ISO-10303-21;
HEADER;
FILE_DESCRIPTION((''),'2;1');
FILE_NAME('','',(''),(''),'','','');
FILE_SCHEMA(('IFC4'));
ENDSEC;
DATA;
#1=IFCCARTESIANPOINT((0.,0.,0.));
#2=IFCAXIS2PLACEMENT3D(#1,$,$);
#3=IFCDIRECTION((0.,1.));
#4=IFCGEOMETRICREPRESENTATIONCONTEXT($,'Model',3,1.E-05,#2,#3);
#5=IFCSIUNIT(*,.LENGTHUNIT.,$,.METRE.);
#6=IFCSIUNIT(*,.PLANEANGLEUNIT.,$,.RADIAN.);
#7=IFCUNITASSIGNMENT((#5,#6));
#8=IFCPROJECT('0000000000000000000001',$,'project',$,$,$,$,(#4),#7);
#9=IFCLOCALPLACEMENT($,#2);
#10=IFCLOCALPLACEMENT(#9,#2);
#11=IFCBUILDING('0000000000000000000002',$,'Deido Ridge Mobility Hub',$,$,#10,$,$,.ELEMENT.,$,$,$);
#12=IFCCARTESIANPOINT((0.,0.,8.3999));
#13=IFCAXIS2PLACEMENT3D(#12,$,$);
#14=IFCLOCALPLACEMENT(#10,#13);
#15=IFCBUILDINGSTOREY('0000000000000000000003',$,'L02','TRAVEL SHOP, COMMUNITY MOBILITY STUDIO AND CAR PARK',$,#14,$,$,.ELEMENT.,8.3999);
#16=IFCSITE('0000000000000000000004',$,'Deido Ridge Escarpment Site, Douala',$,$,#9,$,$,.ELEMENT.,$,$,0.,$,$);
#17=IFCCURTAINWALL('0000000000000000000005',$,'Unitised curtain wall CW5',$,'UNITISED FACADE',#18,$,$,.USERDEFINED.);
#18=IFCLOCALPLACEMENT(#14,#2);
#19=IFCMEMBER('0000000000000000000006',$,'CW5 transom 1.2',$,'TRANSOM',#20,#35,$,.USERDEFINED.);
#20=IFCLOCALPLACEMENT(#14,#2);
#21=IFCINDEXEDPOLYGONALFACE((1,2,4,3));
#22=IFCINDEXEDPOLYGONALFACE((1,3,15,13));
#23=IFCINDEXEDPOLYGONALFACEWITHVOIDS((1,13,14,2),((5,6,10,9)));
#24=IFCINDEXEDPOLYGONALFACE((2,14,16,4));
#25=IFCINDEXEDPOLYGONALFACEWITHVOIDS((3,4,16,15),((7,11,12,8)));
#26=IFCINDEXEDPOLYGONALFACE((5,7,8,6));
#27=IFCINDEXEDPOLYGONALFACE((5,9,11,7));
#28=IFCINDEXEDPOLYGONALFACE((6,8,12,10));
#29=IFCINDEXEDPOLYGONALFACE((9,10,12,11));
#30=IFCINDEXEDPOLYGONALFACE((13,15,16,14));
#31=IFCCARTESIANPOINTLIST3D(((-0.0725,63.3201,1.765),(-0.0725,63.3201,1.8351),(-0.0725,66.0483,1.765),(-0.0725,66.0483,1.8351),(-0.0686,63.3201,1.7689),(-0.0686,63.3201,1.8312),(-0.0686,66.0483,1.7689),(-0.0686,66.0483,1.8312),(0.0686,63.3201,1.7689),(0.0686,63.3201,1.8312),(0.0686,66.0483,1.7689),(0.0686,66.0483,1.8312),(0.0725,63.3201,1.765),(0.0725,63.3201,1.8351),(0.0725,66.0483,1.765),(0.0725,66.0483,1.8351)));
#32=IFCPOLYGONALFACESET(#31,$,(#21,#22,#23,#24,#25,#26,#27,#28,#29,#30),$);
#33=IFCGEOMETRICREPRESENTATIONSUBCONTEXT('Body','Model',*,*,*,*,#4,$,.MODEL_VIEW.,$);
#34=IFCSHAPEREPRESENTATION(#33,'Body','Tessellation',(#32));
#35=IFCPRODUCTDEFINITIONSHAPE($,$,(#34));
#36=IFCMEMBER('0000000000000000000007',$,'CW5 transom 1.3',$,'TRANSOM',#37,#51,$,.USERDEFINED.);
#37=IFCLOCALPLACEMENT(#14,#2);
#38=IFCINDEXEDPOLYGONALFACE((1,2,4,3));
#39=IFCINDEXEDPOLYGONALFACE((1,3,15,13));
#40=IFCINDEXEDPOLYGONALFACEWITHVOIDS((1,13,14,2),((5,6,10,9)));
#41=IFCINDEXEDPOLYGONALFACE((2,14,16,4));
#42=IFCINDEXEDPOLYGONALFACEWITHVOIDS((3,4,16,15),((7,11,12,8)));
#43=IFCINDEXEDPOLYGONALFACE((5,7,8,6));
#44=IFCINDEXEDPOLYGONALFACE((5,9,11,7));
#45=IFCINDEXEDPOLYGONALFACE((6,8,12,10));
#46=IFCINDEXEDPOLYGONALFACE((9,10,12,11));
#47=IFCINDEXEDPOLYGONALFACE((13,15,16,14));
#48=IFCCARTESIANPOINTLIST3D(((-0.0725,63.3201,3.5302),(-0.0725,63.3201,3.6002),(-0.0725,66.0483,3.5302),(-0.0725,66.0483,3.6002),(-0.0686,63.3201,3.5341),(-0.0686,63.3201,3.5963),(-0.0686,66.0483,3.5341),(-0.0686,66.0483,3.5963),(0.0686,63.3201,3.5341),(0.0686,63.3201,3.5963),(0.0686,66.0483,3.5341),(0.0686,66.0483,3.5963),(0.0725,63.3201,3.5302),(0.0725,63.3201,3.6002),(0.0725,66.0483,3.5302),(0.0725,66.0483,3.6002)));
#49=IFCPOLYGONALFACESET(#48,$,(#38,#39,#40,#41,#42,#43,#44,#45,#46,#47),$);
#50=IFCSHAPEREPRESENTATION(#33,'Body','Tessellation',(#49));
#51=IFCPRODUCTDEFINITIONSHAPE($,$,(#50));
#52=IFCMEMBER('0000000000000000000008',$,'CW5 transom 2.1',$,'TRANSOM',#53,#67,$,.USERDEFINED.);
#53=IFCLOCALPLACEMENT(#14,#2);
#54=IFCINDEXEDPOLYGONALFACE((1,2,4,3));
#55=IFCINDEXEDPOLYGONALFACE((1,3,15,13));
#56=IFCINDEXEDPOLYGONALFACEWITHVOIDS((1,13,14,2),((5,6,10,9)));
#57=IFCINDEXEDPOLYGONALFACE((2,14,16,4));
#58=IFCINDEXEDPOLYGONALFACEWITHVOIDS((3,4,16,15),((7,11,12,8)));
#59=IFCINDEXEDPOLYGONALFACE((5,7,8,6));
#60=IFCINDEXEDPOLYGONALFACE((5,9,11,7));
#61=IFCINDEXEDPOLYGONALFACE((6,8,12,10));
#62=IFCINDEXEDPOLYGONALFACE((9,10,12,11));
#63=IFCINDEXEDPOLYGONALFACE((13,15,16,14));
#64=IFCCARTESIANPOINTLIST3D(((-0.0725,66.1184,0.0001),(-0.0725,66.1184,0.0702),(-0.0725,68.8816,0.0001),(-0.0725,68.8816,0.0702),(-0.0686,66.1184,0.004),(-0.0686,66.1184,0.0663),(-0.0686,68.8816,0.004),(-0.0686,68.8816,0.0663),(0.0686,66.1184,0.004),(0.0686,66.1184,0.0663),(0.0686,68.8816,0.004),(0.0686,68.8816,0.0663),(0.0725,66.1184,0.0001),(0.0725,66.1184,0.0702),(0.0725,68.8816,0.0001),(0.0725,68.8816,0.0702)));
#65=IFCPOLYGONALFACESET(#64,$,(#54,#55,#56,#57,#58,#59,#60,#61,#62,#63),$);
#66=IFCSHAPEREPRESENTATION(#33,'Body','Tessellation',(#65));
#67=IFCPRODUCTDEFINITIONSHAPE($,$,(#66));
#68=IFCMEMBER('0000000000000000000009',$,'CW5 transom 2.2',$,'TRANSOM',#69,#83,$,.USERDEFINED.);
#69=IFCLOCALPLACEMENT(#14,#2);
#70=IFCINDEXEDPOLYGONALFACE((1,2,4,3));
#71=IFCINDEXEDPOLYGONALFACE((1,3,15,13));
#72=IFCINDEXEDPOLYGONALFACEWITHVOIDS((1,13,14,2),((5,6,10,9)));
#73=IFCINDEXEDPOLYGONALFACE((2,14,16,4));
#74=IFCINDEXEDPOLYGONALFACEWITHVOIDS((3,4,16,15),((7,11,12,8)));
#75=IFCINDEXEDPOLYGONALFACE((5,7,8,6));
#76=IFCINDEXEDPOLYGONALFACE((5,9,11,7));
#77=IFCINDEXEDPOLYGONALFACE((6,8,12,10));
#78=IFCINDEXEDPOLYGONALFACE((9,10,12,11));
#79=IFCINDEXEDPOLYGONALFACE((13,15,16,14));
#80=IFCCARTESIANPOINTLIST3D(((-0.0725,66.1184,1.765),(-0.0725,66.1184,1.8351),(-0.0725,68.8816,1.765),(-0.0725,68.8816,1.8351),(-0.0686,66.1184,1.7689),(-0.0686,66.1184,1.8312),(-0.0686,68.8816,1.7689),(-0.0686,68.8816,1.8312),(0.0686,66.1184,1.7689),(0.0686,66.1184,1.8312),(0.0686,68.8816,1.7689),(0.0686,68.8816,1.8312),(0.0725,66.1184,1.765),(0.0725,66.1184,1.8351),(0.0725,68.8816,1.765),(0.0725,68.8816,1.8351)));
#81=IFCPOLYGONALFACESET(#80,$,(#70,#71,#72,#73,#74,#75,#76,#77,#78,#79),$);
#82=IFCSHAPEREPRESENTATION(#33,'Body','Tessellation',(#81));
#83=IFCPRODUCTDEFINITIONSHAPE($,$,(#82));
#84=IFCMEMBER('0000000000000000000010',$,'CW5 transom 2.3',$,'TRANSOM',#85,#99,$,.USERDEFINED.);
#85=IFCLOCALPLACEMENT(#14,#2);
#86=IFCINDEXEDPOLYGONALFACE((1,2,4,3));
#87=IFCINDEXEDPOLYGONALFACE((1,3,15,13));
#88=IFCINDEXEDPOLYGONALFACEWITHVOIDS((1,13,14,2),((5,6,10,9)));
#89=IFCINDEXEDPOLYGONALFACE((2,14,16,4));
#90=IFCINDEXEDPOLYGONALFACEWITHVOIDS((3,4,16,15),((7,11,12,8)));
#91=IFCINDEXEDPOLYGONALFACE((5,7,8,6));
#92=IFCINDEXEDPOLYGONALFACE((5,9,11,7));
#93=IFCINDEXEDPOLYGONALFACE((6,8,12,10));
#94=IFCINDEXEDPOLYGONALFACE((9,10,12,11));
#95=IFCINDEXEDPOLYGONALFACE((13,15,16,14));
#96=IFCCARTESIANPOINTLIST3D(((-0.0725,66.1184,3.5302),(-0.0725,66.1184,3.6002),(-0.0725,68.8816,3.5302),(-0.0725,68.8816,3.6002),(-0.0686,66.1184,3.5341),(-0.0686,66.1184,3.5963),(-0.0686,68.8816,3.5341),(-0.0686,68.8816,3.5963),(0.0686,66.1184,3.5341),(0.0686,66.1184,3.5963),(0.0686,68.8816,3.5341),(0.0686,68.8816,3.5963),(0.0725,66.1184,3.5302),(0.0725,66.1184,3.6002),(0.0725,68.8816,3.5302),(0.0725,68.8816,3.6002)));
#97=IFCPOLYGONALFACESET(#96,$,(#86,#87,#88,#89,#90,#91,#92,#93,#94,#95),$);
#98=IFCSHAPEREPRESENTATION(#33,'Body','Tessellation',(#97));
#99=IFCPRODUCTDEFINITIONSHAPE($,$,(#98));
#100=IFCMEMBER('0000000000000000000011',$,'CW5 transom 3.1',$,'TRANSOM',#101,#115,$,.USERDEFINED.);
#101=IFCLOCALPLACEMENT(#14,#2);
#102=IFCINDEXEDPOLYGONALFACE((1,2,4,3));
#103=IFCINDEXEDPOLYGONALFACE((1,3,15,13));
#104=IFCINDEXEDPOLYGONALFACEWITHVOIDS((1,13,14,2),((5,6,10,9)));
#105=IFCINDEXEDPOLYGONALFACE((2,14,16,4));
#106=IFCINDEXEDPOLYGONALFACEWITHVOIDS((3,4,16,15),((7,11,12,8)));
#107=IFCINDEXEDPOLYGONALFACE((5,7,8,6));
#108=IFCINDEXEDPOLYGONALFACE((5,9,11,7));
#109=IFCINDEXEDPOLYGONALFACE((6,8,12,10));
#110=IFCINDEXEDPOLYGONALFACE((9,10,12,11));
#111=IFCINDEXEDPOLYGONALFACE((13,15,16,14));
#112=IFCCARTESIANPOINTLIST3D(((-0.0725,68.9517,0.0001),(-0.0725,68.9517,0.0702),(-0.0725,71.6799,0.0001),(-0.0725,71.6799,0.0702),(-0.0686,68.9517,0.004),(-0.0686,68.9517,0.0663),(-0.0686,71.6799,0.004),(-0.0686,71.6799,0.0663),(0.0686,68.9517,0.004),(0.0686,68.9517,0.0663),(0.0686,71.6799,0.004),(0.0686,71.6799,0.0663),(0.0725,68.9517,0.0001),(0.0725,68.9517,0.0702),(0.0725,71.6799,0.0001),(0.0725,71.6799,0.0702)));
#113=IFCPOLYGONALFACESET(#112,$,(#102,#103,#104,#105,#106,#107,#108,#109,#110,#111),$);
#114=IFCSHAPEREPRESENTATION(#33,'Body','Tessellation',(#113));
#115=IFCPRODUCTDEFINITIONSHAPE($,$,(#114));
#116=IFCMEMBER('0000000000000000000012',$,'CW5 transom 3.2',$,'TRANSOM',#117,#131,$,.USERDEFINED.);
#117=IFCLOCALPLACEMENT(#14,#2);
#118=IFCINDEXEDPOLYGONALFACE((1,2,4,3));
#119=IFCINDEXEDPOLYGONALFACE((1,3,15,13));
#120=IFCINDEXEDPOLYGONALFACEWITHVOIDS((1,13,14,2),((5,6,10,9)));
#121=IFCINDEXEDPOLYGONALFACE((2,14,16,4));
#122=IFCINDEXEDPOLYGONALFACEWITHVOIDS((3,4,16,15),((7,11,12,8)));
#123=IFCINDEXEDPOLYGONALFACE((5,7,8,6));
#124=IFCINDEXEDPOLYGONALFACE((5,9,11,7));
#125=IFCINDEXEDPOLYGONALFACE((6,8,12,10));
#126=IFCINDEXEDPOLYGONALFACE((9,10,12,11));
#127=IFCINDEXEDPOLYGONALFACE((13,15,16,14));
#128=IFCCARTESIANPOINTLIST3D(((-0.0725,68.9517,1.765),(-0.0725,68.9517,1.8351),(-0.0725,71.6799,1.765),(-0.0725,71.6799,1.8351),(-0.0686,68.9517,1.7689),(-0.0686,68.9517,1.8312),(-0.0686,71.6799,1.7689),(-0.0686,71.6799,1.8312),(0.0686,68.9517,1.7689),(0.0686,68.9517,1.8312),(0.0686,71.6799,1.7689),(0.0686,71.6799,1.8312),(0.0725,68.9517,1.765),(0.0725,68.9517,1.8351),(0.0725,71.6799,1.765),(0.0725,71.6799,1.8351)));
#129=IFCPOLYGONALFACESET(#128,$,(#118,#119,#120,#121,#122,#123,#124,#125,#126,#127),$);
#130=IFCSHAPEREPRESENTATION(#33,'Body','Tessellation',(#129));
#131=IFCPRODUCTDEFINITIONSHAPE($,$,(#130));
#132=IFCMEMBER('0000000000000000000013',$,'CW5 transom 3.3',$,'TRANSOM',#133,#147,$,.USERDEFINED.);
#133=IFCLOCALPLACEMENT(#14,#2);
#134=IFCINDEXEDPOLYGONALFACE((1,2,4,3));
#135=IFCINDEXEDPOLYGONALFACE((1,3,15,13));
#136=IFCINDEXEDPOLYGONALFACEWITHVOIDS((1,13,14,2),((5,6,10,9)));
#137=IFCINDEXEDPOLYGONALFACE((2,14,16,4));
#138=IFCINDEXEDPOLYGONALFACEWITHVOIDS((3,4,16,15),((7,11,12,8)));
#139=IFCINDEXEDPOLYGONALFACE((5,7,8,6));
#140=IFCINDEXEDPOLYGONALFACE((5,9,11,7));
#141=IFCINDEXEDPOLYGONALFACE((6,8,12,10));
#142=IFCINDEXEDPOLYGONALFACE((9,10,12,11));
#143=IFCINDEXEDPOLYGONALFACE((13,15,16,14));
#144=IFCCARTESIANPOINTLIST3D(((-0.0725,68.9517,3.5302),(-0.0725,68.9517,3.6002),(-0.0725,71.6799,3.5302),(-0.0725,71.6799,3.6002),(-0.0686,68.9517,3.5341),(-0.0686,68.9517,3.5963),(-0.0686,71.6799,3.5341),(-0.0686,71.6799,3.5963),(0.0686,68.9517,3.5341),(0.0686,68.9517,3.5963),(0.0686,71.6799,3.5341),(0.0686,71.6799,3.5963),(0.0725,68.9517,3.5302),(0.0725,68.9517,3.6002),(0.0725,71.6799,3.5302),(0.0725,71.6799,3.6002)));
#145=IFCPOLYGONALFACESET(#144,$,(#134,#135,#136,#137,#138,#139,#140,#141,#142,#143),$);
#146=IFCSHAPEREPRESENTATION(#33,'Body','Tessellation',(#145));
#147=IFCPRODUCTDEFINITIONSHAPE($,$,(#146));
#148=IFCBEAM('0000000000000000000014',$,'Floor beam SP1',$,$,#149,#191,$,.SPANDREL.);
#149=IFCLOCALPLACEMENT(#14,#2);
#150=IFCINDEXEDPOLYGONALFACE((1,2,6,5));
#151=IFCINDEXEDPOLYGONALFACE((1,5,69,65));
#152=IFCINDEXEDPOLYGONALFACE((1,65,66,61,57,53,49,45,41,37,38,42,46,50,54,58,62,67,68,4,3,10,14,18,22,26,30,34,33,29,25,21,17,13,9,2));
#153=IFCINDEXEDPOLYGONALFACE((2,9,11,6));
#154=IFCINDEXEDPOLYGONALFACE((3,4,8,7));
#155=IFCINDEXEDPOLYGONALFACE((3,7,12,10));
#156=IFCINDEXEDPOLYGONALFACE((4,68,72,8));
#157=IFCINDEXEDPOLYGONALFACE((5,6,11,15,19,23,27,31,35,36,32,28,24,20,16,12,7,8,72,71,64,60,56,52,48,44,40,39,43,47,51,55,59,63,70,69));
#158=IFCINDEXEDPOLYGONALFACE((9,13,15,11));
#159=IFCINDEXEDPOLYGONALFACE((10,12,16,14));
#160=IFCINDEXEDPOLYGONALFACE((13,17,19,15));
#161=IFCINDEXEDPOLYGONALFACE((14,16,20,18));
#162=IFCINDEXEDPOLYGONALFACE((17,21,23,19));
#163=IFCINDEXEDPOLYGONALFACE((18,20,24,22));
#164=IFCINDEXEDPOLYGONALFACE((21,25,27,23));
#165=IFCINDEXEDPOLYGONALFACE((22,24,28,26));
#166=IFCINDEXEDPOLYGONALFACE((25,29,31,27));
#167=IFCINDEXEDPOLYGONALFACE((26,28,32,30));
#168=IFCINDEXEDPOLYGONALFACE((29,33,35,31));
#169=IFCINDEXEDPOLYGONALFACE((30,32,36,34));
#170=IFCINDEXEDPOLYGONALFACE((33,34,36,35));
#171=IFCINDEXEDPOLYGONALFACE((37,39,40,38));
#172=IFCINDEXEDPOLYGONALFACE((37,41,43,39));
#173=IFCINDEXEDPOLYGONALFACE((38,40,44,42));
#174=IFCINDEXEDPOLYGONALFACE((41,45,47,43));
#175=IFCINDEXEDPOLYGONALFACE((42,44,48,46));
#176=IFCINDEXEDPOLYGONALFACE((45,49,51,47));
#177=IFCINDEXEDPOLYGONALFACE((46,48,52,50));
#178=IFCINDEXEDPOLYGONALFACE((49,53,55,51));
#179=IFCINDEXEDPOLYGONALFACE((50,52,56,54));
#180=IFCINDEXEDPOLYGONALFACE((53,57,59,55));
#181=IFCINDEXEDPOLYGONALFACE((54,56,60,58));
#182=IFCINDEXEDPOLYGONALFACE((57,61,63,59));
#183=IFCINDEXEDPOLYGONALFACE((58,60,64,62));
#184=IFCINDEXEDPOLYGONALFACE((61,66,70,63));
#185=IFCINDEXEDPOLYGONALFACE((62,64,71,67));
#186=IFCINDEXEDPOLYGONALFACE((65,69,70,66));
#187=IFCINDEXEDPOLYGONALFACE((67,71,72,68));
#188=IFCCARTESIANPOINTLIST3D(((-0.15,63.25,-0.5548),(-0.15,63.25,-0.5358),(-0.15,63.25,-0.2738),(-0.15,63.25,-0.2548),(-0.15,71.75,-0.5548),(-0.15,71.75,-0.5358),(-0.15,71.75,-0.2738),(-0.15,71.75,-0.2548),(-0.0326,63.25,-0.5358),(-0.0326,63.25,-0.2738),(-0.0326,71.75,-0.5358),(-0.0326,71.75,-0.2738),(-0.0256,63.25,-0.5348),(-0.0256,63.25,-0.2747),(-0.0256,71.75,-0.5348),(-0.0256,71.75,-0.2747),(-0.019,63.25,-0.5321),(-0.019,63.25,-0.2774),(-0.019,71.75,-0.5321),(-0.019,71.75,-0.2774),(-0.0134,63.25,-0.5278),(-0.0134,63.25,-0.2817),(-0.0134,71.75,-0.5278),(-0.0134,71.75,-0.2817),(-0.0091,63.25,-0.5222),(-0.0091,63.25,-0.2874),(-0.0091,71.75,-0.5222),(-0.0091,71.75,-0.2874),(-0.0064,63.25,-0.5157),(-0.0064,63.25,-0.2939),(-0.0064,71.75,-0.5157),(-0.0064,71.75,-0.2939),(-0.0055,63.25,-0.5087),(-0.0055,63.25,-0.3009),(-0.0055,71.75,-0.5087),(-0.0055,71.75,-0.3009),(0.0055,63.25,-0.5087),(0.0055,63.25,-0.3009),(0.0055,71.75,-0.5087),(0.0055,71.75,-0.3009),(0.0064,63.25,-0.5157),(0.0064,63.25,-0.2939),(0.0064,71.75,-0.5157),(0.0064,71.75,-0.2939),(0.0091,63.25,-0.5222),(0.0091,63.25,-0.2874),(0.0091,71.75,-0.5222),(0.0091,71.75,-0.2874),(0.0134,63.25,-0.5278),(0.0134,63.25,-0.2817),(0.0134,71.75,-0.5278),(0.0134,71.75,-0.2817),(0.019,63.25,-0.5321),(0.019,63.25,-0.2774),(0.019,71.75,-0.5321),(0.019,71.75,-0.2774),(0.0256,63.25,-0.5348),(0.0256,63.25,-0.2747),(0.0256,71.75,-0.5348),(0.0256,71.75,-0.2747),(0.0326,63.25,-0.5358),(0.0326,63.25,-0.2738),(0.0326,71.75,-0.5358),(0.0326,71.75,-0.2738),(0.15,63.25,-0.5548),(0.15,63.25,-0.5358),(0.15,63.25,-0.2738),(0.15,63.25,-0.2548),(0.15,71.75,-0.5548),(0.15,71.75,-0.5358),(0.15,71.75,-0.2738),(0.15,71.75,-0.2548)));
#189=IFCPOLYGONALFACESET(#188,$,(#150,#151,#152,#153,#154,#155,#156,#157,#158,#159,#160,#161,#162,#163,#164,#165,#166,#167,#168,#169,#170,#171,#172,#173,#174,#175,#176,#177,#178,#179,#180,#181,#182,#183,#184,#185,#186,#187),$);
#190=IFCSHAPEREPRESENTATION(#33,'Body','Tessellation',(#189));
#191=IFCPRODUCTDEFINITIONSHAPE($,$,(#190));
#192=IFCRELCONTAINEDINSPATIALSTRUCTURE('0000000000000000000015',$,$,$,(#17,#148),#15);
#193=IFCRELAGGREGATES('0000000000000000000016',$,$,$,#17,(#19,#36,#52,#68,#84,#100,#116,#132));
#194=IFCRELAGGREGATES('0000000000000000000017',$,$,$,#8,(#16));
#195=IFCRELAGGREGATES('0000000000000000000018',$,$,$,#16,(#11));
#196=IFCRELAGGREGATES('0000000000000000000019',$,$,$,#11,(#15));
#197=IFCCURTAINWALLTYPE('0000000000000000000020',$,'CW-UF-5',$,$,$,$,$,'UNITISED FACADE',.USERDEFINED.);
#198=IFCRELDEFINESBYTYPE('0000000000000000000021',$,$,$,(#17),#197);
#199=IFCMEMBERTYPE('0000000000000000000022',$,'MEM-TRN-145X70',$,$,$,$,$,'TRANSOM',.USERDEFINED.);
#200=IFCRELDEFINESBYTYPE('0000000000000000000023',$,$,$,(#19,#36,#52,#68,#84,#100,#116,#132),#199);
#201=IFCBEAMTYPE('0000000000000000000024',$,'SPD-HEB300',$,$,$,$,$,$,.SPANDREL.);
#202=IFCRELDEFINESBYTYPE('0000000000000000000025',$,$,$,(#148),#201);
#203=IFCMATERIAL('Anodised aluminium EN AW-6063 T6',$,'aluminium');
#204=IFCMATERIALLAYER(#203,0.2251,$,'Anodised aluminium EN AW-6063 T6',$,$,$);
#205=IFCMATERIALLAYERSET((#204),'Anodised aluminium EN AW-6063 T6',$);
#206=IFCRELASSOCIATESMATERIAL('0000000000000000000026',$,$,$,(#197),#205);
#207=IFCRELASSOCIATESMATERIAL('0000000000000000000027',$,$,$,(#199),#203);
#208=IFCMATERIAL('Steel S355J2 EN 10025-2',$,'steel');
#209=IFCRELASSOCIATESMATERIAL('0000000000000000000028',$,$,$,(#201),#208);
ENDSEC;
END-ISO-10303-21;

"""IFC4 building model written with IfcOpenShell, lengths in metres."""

from ifc_helpers import new_model, si_unit, direction, frame, origin, origin_2d, place, context, subcontext, project, spatial, hollow_rectangle, i_section, extrude, material, layer, layer_set, material_profile, profile_set, type_object, element, aggregate, save


model = new_model("IFC4")

# Units and contexts
model_context = context("Model", 3, precision=1e-05, world=origin(), true_north=direction((0.0, 1.0)))
body_context = subcontext(model_context, "Body", "Model", "MODEL_VIEW")
ifc_project = project(units=[si_unit("LENGTHUNIT", "METRE"), si_unit("PLANEANGLEUNIT", "RADIAN")], contexts=[model_context])

# Site, building, storey
site_placement = place(None, origin())
site = spatial("IfcSite", under=ifc_project, at=site_placement, Name="Deido Ridge Escarpment Site, Douala", CompositionType="ELEMENT", RefElevation=0.0)
building_placement = place(site_placement, origin())
building = spatial("IfcBuilding", under=site, at=building_placement, Name="Deido Ridge Mobility Hub", CompositionType="ELEMENT")
storey_placement = place(building_placement, frame((0.0, 0.0, 8.3999)))
storey = spatial("IfcBuildingStorey", under=building, at=storey_placement, Name="L02", Description="TRAVEL SHOP, COMMUNITY MOBILITY STUDIO AND CAR PARK", CompositionType="ELEMENT", Elevation=8.3999)

# Shared definitions
ifc_material_1 = material(Name="Steel S355J2 EN 10025-2", Category="steel")

# Curtain wall, members
ifc_material_2 = material(Name="Anodised aluminium EN AW-6063 T6", Category="aluminium")
ifc_layer_1 = layer(ifc_material_2, 0.2251, Name="Anodised aluminium EN AW-6063 T6")
ifc_layer_set_1 = layer_set([ifc_layer_1], Name="Anodised aluminium EN AW-6063 T6")
curtain_wall_type = type_object("IfcCurtainWallType", Name="CW-UF-5", ElementType="UNITISED FACADE", PredefinedType="USERDEFINED", material=ifc_layer_set_1)
curtain_wall_placement = place(storey_placement, origin())
curtain_wall = element("IfcCurtainWall", 1, at=curtain_wall_placement, inside=storey, type_object=curtain_wall_type, Name="Unitised curtain wall CW5", ObjectType="UNITISED FACADE", PredefinedType="USERDEFINED")
ifc_material_profile_1 = material_profile(ifc_material_2, hollow_rectangle(XDim=0.145, YDim=0.0701, WallThickness=0.0039, at=origin_2d()), Name="RHS 145x70x4")
ifc_profile_set_1 = profile_set([ifc_material_profile_1], Name="Anodised aluminium EN AW-6063 T6")
member_type_1 = type_object("IfcMemberType", Name="MEM-TRN-145X70", ElementType="TRANSOM", PredefinedType="USERDEFINED", material=ifc_profile_set_1)
member_1_placement = place(storey_placement, frame((0.0, 63.3201, 1.8), z_axis=(0.0, 1.0, 0.0), x_axis=(-1.0, 0.0, 0.0)))
member_1 = element("IfcMember", 2, at=member_1_placement, type_object=member_type_1, Name="CW5 transom 1.2", ObjectType="TRANSOM", PredefinedType="USERDEFINED", context=body_context, shape_type="SweptSolid", body=[
    extrude(hollow_rectangle(XDim=0.145, YDim=0.0701, WallThickness=0.0039, at=origin_2d()), origin(), (0.0, 0.0, 1.0), 2.7283),
])
member_2_placement = place(storey_placement, frame((0.0, 63.3201, 3.5652), z_axis=(0.0, 1.0, 0.0), x_axis=(-1.0, 0.0, 0.0)))
member_2 = element("IfcMember", 3, at=member_2_placement, type_object=member_type_1, Name="CW5 transom 1.3", ObjectType="TRANSOM", PredefinedType="USERDEFINED", context=body_context, shape_type="SweptSolid", body=[
    extrude(hollow_rectangle(XDim=0.145, YDim=0.0701, WallThickness=0.0039, at=origin_2d()), origin(), (0.0, 0.0, 1.0), 2.7283),
])
member_3_placement = place(storey_placement, frame((0.0, 66.1184, 0.0352), z_axis=(0.0, 1.0, 0.0), x_axis=(-1.0, 0.0, 0.0)))
member_3 = element("IfcMember", 4, at=member_3_placement, type_object=member_type_1, Name="CW5 transom 2.1", ObjectType="TRANSOM", PredefinedType="USERDEFINED", context=body_context, shape_type="SweptSolid", body=[
    extrude(hollow_rectangle(XDim=0.145, YDim=0.0701, WallThickness=0.0039, at=origin_2d()), origin(), (0.0, 0.0, 1.0), 2.7632),
])
member_4_placement = place(storey_placement, frame((0.0, 66.1184, 1.8), z_axis=(0.0, 1.0, 0.0), x_axis=(-1.0, 0.0, 0.0)))
member_4 = element("IfcMember", 5, at=member_4_placement, type_object=member_type_1, Name="CW5 transom 2.2", ObjectType="TRANSOM", PredefinedType="USERDEFINED", context=body_context, shape_type="SweptSolid", body=[
    extrude(hollow_rectangle(XDim=0.145, YDim=0.0701, WallThickness=0.0039, at=origin_2d()), origin(), (0.0, 0.0, 1.0), 2.7632),
])
member_5_placement = place(storey_placement, frame((0.0, 66.1184, 3.5652), z_axis=(0.0, 1.0, 0.0), x_axis=(-1.0, 0.0, 0.0)))
member_5 = element("IfcMember", 6, at=member_5_placement, type_object=member_type_1, Name="CW5 transom 2.3", ObjectType="TRANSOM", PredefinedType="USERDEFINED", context=body_context, shape_type="SweptSolid", body=[
    extrude(hollow_rectangle(XDim=0.145, YDim=0.0701, WallThickness=0.0039, at=origin_2d()), origin(), (0.0, 0.0, 1.0), 2.7632),
])
member_6_placement = place(storey_placement, frame((0.0, 68.9517, 0.0352), z_axis=(0.0, 1.0, 0.0), x_axis=(-1.0, 0.0, 0.0)))
member_6 = element("IfcMember", 7, at=member_6_placement, type_object=member_type_1, Name="CW5 transom 3.1", ObjectType="TRANSOM", PredefinedType="USERDEFINED", context=body_context, shape_type="SweptSolid", body=[
    extrude(hollow_rectangle(XDim=0.145, YDim=0.0701, WallThickness=0.0039, at=origin_2d()), origin(), (0.0, 0.0, 1.0), 2.7283),
])
member_7_placement = place(storey_placement, frame((0.0, 68.9517, 1.8), z_axis=(0.0, 1.0, 0.0), x_axis=(-1.0, 0.0, 0.0)))
member_7 = element("IfcMember", 8, at=member_7_placement, type_object=member_type_1, Name="CW5 transom 3.2", ObjectType="TRANSOM", PredefinedType="USERDEFINED", context=body_context, shape_type="SweptSolid", body=[
    extrude(hollow_rectangle(XDim=0.145, YDim=0.0701, WallThickness=0.0039, at=origin_2d()), origin(), (0.0, 0.0, 1.0), 2.7283),
])
member_8_placement = place(storey_placement, frame((0.0, 68.9517, 3.5652), z_axis=(0.0, 1.0, 0.0), x_axis=(-1.0, 0.0, 0.0)))
member_8 = element("IfcMember", 9, at=member_8_placement, type_object=member_type_1, Name="CW5 transom 3.3", ObjectType="TRANSOM", PredefinedType="USERDEFINED", context=body_context, shape_type="SweptSolid", body=[
    extrude(hollow_rectangle(XDim=0.145, YDim=0.0701, WallThickness=0.0039, at=origin_2d()), origin(), (0.0, 0.0, 1.0), 2.7283),
])

# Beam
ifc_material_profile_2 = material_profile(ifc_material_1, i_section(OverallWidth=0.3, OverallDepth=0.3, WebThickness=0.011, FlangeThickness=0.019, FilletRadius=0.0271, at=origin_2d()), Name="HEB 300")
ifc_profile_set_2 = profile_set([ifc_material_profile_2], Name="Steel S355J2 EN 10025-2")
beam_type_1 = type_object("IfcBeamType", Name="SPD-HEB300", PredefinedType="SPANDREL", material=ifc_profile_set_2)
beam_1_placement = place(storey_placement, frame((0.0, 63.25, -0.4048), z_axis=(0.0, 1.0, 0.0), x_axis=(-1.0, 0.0, 0.0)))
element("IfcBeam", 10, at=beam_1_placement, inside=storey, type_object=beam_type_1, Name="Floor beam SP1", PredefinedType="SPANDREL", context=body_context, shape_type="SweptSolid", body=[
    extrude(i_section(OverallWidth=0.3, OverallDepth=0.3, WebThickness=0.011, FlangeThickness=0.019, FilletRadius=0.0271, at=origin_2d()), origin(), (0.0, 0.0, 1.0), 8.5),
])

aggregate(curtain_wall, [member_1, member_2, member_3, member_4, member_5, member_6, member_7, member_8])

save(model, "model.ifc")
